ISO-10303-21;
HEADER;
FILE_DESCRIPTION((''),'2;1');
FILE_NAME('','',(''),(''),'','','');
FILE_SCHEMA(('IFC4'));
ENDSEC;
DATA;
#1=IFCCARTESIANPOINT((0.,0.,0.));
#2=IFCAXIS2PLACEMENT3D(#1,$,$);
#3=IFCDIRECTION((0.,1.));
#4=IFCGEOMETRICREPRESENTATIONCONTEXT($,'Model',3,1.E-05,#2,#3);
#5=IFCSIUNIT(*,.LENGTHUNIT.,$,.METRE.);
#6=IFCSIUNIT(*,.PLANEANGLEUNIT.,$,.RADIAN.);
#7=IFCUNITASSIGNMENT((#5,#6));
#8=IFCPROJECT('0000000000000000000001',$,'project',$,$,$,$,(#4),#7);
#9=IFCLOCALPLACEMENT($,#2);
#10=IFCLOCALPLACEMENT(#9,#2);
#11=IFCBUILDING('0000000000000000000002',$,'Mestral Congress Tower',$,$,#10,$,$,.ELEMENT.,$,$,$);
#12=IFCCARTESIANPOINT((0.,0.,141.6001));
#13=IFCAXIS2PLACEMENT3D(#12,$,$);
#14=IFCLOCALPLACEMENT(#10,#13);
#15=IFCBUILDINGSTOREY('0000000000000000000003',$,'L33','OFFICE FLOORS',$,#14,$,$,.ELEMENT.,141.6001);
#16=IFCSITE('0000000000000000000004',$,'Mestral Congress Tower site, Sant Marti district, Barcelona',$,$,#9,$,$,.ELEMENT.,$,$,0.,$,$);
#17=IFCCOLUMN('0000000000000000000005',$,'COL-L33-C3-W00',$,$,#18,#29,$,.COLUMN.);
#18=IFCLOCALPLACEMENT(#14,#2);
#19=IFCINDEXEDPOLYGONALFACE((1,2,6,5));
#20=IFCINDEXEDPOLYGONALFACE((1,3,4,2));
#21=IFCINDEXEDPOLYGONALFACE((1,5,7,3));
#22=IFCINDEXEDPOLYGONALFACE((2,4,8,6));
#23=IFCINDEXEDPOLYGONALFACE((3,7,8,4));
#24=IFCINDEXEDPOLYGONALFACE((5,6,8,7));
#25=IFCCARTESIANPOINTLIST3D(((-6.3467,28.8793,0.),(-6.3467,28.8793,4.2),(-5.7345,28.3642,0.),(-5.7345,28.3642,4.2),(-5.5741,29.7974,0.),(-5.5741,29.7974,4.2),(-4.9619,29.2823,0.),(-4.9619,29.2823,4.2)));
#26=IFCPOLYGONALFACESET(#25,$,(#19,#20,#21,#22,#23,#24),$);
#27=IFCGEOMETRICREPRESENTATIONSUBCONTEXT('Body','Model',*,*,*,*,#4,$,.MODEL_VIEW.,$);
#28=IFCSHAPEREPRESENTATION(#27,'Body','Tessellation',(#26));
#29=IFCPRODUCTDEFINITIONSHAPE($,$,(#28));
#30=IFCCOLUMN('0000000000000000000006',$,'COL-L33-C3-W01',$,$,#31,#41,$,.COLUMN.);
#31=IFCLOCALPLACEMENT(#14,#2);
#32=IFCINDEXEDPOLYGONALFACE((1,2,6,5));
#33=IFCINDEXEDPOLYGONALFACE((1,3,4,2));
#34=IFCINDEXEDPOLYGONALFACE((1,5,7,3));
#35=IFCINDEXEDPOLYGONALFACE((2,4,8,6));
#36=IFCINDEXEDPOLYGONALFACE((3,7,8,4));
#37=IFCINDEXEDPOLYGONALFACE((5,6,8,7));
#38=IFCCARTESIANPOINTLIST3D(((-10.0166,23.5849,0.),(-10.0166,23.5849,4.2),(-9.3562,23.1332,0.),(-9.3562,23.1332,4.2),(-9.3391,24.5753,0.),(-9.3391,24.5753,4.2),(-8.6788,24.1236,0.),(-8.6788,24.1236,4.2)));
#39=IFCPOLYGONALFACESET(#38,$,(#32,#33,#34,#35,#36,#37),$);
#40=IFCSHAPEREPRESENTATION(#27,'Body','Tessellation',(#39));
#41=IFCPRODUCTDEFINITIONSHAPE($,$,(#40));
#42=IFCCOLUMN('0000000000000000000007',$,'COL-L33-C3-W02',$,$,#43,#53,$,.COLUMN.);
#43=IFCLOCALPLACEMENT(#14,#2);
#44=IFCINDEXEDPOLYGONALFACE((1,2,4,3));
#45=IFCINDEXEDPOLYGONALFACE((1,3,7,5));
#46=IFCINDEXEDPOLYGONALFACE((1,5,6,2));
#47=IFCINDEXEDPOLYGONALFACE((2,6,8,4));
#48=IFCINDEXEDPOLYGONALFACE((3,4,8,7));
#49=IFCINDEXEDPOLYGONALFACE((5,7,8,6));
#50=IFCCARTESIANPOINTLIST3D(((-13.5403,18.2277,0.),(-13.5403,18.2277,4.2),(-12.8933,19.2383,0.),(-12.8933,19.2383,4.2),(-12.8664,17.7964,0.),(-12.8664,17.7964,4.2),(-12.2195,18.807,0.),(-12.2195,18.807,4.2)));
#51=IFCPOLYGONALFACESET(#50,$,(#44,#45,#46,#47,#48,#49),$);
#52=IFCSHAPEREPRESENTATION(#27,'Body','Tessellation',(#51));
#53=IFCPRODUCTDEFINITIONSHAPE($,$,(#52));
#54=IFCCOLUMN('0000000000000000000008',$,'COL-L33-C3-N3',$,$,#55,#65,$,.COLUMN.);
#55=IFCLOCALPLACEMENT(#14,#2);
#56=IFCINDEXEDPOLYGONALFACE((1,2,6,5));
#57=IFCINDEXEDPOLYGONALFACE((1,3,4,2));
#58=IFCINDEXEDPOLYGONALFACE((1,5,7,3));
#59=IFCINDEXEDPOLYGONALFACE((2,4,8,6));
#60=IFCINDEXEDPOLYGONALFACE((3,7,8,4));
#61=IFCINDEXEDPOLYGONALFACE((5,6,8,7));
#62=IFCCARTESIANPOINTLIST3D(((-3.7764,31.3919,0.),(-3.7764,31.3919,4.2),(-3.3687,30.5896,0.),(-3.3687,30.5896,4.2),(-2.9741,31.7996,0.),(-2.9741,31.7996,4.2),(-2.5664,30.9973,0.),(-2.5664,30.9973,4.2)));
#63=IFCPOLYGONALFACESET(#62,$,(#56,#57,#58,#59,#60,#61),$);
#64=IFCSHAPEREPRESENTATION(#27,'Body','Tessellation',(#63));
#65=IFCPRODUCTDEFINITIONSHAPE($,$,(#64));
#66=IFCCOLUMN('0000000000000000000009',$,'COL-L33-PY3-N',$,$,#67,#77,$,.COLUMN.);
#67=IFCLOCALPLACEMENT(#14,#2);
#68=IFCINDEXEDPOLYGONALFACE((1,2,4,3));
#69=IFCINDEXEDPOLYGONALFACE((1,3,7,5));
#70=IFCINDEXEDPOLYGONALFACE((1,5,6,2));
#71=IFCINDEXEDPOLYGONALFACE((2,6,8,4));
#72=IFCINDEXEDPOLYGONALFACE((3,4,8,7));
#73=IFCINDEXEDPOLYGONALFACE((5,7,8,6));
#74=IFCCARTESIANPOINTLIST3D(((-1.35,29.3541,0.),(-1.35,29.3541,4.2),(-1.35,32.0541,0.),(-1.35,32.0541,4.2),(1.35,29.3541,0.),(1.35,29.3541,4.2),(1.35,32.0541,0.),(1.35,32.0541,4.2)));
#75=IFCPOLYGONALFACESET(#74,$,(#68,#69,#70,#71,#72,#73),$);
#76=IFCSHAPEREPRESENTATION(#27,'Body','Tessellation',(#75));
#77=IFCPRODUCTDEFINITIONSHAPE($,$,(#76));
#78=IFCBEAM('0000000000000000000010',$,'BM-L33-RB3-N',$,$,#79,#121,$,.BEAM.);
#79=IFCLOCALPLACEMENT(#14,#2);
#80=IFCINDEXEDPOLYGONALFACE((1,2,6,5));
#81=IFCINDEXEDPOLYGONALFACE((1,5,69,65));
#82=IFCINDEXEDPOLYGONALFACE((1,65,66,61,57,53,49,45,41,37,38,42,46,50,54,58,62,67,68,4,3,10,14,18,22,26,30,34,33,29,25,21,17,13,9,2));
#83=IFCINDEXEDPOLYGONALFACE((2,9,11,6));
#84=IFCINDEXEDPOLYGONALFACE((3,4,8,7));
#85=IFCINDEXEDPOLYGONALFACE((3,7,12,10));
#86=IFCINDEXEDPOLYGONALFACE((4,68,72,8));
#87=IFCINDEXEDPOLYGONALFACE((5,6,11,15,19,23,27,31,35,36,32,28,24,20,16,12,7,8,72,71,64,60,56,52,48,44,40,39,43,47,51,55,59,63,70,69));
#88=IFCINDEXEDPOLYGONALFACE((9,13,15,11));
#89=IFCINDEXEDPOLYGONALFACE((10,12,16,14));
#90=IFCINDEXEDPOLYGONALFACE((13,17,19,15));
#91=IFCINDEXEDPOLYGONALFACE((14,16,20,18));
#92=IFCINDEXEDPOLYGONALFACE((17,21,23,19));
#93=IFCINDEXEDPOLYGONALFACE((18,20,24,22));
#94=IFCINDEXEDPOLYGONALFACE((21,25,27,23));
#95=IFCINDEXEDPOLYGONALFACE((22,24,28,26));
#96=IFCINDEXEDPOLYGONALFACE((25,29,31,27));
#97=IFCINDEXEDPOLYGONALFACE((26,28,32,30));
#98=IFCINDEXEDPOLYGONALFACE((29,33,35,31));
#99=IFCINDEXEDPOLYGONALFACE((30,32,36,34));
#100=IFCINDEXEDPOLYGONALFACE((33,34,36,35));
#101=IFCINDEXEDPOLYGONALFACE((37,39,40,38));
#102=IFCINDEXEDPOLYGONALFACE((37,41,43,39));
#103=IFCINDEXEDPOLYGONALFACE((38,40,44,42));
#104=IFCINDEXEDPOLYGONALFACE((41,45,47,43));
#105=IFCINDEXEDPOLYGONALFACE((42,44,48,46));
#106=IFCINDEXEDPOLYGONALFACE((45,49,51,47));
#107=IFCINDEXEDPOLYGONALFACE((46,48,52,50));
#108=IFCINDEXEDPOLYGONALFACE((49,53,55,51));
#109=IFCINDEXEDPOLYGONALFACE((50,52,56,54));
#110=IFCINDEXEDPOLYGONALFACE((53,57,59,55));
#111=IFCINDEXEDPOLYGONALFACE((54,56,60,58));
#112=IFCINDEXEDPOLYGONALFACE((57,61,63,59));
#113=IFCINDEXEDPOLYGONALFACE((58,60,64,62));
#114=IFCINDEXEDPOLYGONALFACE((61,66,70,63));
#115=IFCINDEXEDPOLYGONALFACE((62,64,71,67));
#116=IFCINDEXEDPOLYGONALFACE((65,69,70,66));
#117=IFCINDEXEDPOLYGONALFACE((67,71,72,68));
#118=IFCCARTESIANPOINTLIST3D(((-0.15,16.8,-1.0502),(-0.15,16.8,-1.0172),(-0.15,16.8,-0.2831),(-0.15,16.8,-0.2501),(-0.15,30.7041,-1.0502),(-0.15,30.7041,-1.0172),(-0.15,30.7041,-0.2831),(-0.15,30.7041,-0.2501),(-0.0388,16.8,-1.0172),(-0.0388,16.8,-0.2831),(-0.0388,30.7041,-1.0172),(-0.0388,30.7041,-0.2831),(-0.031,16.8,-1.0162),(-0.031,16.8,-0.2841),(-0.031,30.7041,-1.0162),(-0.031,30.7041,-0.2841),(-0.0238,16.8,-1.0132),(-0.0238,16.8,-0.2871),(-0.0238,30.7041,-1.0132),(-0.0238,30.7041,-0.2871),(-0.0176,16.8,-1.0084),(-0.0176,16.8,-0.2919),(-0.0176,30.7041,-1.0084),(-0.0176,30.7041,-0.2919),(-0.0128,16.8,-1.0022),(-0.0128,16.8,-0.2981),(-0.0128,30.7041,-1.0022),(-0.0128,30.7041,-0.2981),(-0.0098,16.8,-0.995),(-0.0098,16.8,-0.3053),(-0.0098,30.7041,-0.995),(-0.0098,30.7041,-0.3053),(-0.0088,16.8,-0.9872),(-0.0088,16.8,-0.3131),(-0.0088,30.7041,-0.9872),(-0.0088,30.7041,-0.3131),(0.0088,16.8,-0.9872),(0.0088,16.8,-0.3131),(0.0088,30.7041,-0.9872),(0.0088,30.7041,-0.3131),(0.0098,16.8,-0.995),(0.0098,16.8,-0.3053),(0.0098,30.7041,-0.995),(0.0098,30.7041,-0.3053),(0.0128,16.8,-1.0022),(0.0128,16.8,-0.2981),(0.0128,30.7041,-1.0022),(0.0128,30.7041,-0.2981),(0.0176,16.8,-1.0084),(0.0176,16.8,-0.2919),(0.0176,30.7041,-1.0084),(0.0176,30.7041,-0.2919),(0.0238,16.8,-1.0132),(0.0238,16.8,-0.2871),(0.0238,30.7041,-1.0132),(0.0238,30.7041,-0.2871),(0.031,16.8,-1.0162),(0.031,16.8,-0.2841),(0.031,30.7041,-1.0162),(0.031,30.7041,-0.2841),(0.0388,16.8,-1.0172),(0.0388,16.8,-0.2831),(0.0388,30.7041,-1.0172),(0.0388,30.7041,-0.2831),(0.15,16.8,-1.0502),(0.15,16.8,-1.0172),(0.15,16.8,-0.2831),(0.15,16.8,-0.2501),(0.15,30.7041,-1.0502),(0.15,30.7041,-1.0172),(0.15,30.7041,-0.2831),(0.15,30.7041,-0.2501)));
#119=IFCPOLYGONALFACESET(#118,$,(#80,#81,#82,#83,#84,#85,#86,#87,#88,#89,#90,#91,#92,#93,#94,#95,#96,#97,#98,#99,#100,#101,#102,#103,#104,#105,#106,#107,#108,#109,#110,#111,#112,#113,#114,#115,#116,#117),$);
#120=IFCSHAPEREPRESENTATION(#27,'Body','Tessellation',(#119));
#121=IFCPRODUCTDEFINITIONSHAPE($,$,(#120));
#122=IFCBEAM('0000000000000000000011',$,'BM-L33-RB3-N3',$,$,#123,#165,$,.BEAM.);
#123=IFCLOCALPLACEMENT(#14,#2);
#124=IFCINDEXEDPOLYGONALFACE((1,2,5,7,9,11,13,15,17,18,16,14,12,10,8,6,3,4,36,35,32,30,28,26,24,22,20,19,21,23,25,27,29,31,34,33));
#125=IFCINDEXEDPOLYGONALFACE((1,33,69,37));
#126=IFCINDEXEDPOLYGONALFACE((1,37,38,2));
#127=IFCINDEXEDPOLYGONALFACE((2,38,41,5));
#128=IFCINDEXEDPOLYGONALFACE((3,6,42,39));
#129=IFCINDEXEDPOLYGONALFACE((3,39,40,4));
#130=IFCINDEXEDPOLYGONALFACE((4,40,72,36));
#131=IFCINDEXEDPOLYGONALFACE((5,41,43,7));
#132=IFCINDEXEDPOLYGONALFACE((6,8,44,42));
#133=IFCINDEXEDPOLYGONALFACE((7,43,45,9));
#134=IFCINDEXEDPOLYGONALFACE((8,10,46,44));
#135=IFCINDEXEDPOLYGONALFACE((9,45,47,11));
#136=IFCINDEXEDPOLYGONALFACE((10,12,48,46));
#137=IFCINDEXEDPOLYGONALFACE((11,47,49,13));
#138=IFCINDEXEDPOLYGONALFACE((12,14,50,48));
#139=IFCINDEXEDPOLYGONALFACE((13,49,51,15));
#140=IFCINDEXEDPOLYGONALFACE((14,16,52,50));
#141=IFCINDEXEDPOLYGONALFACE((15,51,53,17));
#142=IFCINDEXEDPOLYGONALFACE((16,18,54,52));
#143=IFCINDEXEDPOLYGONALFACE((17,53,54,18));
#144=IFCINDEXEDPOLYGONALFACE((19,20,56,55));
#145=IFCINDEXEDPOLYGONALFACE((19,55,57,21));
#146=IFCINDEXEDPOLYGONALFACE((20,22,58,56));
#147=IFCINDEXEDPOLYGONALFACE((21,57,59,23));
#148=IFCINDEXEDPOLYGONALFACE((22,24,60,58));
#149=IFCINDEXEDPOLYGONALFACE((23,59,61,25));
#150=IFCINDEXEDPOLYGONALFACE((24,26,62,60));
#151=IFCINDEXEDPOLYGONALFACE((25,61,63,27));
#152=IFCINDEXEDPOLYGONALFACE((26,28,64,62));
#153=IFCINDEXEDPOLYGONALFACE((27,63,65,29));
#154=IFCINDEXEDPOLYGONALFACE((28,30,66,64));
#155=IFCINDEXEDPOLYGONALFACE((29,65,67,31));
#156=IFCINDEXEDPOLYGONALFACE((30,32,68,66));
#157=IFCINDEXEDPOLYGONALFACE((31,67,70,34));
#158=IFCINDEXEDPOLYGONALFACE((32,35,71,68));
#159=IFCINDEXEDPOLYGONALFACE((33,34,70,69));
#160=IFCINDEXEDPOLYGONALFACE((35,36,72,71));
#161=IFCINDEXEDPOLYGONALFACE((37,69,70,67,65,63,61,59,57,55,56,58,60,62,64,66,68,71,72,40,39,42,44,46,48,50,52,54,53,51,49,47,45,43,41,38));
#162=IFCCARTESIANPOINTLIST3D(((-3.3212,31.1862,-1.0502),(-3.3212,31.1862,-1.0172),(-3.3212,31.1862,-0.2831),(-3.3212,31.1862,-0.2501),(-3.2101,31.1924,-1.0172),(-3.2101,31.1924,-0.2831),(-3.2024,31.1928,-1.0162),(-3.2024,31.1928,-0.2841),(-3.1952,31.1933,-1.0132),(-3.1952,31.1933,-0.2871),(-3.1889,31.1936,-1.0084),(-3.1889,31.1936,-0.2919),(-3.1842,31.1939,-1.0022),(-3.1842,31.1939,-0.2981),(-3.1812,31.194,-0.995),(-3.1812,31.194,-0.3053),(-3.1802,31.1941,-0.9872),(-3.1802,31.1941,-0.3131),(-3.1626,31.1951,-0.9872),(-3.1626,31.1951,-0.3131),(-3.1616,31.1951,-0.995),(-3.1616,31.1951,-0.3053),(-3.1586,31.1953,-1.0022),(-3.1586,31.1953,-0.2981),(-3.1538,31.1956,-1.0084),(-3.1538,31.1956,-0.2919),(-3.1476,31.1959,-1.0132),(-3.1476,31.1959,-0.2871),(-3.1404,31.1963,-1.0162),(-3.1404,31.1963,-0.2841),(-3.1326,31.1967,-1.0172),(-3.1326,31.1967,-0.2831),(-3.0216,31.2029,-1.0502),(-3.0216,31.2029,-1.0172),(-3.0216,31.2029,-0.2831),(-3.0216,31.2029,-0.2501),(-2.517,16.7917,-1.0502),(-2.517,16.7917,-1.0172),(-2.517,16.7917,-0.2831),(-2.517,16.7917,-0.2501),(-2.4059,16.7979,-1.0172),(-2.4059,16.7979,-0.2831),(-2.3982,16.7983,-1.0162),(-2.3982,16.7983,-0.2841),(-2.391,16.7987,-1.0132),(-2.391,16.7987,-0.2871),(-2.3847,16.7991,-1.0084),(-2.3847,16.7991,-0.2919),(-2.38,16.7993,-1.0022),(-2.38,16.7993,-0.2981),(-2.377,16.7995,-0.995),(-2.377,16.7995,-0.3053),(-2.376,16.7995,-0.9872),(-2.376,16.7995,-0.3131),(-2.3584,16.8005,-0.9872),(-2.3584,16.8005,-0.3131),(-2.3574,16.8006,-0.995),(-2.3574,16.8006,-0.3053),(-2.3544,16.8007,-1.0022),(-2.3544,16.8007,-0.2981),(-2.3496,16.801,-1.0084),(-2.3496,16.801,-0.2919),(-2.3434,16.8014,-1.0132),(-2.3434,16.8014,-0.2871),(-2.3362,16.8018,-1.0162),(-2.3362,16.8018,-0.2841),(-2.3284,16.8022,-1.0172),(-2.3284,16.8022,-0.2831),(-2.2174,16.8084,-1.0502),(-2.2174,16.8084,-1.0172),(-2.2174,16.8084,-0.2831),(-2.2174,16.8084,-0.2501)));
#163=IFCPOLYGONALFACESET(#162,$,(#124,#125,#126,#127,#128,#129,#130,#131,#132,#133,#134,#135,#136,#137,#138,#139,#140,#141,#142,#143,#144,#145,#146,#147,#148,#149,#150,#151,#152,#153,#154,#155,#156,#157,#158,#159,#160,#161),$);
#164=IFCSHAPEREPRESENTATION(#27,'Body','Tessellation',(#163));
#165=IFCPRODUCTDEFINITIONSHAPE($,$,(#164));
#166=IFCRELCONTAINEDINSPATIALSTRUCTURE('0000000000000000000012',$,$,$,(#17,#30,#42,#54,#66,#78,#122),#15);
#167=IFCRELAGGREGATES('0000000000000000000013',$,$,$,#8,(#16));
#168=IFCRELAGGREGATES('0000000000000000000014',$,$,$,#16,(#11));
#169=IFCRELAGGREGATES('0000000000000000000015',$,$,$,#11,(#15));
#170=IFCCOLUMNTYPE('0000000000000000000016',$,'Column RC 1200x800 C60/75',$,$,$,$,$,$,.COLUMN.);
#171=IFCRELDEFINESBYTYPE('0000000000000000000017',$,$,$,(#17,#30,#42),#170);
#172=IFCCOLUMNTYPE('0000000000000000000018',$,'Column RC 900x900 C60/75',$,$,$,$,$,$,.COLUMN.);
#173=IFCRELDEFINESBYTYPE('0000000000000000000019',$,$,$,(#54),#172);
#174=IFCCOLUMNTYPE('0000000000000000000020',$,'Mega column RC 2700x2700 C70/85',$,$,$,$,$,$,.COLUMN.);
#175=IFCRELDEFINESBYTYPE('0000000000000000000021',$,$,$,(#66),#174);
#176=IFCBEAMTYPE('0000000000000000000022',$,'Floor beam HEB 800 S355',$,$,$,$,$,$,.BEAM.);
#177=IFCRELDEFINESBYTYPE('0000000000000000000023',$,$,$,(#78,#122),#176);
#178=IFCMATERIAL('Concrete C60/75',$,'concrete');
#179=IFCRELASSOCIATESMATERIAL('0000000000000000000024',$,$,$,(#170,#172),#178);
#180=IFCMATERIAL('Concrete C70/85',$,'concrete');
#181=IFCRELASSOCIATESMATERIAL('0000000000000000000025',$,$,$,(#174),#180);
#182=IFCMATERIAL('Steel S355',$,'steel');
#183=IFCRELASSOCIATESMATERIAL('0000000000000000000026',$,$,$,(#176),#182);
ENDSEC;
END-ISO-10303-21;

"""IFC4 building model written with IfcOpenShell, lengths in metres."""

from ifc_helpers import new_model, si_unit, direction, frame, origin, origin_2d, place, context, subcontext, project, spatial, rectangle, i_section, extrude, material, material_profile, profile_set, type_object, element, save


model = new_model("IFC4")

# Units and contexts
model_context = context("Model", 3, precision=1e-05, world=origin(), true_north=direction((0.0, 1.0)))
body_context = subcontext(model_context, "Body", "Model", "MODEL_VIEW")
ifc_project = project(units=[si_unit("LENGTHUNIT", "METRE"), si_unit("PLANEANGLEUNIT", "RADIAN")], contexts=[model_context])

# Site, building, storey
site_placement = place(None, origin())
site = spatial("IfcSite", under=ifc_project, at=site_placement, Name="Mestral Congress Tower site, Sant Marti district, Barcelona", CompositionType="ELEMENT", RefElevation=0.0)
building_placement = place(site_placement, origin())
building = spatial("IfcBuilding", under=site, at=building_placement, Name="Mestral Congress Tower", CompositionType="ELEMENT")
storey_placement = place(building_placement, frame((0.0, 0.0, 141.6001)))
storey = spatial("IfcBuildingStorey", under=building, at=storey_placement, Name="L33", Description="OFFICE FLOORS", CompositionType="ELEMENT", Elevation=141.6001)

# Columns
ifc_material_1 = material(Name="Concrete C60/75", Category="concrete")
ifc_material_profile_1 = material_profile(ifc_material_1, rectangle(XDim=1.2, YDim=0.8, at=origin_2d()), Name="RC 1200x800")
ifc_profile_set_1 = profile_set([ifc_material_profile_1], Name="Concrete C60/75")
column_type_1 = type_object("IfcColumnType", Name="Column RC 1200x800 C60/75", PredefinedType="COLUMN", material=ifc_profile_set_1)
for number, where, z_axis, x_axis, name in (
    (1, (-5.6543, 29.0808, 0.0), (0.0, 0.0, 1.0), (-0.643827, -0.765171, 0.0), "COL-L33-C3-W00"),
    (2, (-9.3477, 23.8542, 0.0), (0.0, 0.0, 1.0), (-0.564568, -0.825387, 0.0), "COL-L33-C3-W01"),
    (3, (-12.8799, 18.5173, 0.0), (0.0, 0.0, 1.0), (-0.539115, -0.842232, 0.0), "COL-L33-C3-W02"),
):
    element("IfcColumn", number, at=place(storey_placement, frame(where, z_axis=z_axis, x_axis=x_axis)), inside=storey, type_object=column_type_1, Name=name, PredefinedType="COLUMN", context=body_context, shape_type="SweptSolid", body=[
        extrude(rectangle(XDim=1.2, YDim=0.8, at=origin_2d()), origin(), (0.0, 0.0, 1.0), 4.2),
    ])
ifc_material_profile_2 = material_profile(ifc_material_1, rectangle(XDim=0.8999, YDim=0.8999, at=origin_2d()), Name="RC 900x900")
ifc_profile_set_2 = profile_set([ifc_material_profile_2], Name="Concrete C60/75")
column_type_2 = type_object("IfcColumnType", Name="Column RC 900x900 C60/75", PredefinedType="COLUMN", material=ifc_profile_set_2)
column_1_placement = place(storey_placement, frame((-3.1714, 31.1946, 0.0), z_axis=(0.0, 0.0, 1.0), x_axis=(-0.891486, -0.453048, 0.0)))
element("IfcColumn", 4, at=column_1_placement, inside=storey, type_object=column_type_2, Name="COL-L33-C3-N3", PredefinedType="COLUMN", context=body_context, shape_type="SweptSolid", body=[
    extrude(rectangle(XDim=0.8999, YDim=0.8999, at=origin_2d()), origin(), (0.0, 0.0, 1.0), 4.2),
])
ifc_material_2 = material(Name="Concrete C70/85", Category="concrete")
ifc_material_profile_3 = material_profile(ifc_material_2, rectangle(XDim=2.7, YDim=2.7, at=origin_2d()), Name="RC 2700x2700")
ifc_profile_set_3 = profile_set([ifc_material_profile_3], Name="Concrete C70/85")
column_type_3 = type_object("IfcColumnType", Name="Mega column RC 2700x2700 C70/85", PredefinedType="COLUMN", material=ifc_profile_set_3)
column_2_placement = place(storey_placement, frame((0.0, 30.7041, 0.0), z_axis=(0.0, 0.0, 1.0), x_axis=(0.0, 1.0, 0.0)))
element("IfcColumn", 5, at=column_2_placement, inside=storey, type_object=column_type_3, Name="COL-L33-PY3-N", PredefinedType="COLUMN", context=body_context, shape_type="SweptSolid", body=[
    extrude(rectangle(XDim=2.7, YDim=2.7, at=origin_2d()), origin(), (0.0, 0.0, 1.0), 4.2),
])

# Beams
ifc_material_3 = material(Name="Steel S355", Category="steel")
ifc_material_profile_4 = material_profile(ifc_material_3, i_section(OverallWidth=0.3, OverallDepth=0.8, WebThickness=0.0176, FlangeThickness=0.033, FilletRadius=0.03, at=origin_2d()), Name="HEB 800")
ifc_profile_set_4 = profile_set([ifc_material_profile_4], Name="Steel S355")
beam_type_1 = type_object("IfcBeamType", Name="Floor beam HEB 800 S355", PredefinedType="BEAM", material=ifc_profile_set_4)
beam_1_placement = place(storey_placement, frame((0.0, 30.7041, -0.6501), z_axis=(0.0, -1.0, 0.0), x_axis=(1.0, 0.0, 0.0)))
element("IfcBeam", 6, at=beam_1_placement, inside=storey, type_object=beam_type_1, Name="BM-L33-RB3-N", PredefinedType="BEAM", context=body_context, shape_type="SweptSolid", body=[
    extrude(i_section(OverallWidth=0.3, OverallDepth=0.8, WebThickness=0.0176, FlangeThickness=0.033, FilletRadius=0.03, at=origin_2d()), origin(), (0.0, 0.0, 1.0), 13.9041),
])
beam_2_placement = place(storey_placement, frame((-3.1714, 31.1946, -0.6501), z_axis=(0.055781, -0.998443, 0.0), x_axis=(0.998443, 0.055781, 0.0)))
element("IfcBeam", 7, at=beam_2_placement, inside=storey, type_object=beam_type_1, Name="BM-L33-RB3-N3", PredefinedType="BEAM", context=body_context, shape_type="SweptSolid", body=[
    extrude(i_section(OverallWidth=0.3, OverallDepth=0.8, WebThickness=0.0176, FlangeThickness=0.033, FilletRadius=0.03, at=origin_2d()), origin(), (0.0, 0.0, 1.0), 14.417),
])

save(model, "model.ifc")
